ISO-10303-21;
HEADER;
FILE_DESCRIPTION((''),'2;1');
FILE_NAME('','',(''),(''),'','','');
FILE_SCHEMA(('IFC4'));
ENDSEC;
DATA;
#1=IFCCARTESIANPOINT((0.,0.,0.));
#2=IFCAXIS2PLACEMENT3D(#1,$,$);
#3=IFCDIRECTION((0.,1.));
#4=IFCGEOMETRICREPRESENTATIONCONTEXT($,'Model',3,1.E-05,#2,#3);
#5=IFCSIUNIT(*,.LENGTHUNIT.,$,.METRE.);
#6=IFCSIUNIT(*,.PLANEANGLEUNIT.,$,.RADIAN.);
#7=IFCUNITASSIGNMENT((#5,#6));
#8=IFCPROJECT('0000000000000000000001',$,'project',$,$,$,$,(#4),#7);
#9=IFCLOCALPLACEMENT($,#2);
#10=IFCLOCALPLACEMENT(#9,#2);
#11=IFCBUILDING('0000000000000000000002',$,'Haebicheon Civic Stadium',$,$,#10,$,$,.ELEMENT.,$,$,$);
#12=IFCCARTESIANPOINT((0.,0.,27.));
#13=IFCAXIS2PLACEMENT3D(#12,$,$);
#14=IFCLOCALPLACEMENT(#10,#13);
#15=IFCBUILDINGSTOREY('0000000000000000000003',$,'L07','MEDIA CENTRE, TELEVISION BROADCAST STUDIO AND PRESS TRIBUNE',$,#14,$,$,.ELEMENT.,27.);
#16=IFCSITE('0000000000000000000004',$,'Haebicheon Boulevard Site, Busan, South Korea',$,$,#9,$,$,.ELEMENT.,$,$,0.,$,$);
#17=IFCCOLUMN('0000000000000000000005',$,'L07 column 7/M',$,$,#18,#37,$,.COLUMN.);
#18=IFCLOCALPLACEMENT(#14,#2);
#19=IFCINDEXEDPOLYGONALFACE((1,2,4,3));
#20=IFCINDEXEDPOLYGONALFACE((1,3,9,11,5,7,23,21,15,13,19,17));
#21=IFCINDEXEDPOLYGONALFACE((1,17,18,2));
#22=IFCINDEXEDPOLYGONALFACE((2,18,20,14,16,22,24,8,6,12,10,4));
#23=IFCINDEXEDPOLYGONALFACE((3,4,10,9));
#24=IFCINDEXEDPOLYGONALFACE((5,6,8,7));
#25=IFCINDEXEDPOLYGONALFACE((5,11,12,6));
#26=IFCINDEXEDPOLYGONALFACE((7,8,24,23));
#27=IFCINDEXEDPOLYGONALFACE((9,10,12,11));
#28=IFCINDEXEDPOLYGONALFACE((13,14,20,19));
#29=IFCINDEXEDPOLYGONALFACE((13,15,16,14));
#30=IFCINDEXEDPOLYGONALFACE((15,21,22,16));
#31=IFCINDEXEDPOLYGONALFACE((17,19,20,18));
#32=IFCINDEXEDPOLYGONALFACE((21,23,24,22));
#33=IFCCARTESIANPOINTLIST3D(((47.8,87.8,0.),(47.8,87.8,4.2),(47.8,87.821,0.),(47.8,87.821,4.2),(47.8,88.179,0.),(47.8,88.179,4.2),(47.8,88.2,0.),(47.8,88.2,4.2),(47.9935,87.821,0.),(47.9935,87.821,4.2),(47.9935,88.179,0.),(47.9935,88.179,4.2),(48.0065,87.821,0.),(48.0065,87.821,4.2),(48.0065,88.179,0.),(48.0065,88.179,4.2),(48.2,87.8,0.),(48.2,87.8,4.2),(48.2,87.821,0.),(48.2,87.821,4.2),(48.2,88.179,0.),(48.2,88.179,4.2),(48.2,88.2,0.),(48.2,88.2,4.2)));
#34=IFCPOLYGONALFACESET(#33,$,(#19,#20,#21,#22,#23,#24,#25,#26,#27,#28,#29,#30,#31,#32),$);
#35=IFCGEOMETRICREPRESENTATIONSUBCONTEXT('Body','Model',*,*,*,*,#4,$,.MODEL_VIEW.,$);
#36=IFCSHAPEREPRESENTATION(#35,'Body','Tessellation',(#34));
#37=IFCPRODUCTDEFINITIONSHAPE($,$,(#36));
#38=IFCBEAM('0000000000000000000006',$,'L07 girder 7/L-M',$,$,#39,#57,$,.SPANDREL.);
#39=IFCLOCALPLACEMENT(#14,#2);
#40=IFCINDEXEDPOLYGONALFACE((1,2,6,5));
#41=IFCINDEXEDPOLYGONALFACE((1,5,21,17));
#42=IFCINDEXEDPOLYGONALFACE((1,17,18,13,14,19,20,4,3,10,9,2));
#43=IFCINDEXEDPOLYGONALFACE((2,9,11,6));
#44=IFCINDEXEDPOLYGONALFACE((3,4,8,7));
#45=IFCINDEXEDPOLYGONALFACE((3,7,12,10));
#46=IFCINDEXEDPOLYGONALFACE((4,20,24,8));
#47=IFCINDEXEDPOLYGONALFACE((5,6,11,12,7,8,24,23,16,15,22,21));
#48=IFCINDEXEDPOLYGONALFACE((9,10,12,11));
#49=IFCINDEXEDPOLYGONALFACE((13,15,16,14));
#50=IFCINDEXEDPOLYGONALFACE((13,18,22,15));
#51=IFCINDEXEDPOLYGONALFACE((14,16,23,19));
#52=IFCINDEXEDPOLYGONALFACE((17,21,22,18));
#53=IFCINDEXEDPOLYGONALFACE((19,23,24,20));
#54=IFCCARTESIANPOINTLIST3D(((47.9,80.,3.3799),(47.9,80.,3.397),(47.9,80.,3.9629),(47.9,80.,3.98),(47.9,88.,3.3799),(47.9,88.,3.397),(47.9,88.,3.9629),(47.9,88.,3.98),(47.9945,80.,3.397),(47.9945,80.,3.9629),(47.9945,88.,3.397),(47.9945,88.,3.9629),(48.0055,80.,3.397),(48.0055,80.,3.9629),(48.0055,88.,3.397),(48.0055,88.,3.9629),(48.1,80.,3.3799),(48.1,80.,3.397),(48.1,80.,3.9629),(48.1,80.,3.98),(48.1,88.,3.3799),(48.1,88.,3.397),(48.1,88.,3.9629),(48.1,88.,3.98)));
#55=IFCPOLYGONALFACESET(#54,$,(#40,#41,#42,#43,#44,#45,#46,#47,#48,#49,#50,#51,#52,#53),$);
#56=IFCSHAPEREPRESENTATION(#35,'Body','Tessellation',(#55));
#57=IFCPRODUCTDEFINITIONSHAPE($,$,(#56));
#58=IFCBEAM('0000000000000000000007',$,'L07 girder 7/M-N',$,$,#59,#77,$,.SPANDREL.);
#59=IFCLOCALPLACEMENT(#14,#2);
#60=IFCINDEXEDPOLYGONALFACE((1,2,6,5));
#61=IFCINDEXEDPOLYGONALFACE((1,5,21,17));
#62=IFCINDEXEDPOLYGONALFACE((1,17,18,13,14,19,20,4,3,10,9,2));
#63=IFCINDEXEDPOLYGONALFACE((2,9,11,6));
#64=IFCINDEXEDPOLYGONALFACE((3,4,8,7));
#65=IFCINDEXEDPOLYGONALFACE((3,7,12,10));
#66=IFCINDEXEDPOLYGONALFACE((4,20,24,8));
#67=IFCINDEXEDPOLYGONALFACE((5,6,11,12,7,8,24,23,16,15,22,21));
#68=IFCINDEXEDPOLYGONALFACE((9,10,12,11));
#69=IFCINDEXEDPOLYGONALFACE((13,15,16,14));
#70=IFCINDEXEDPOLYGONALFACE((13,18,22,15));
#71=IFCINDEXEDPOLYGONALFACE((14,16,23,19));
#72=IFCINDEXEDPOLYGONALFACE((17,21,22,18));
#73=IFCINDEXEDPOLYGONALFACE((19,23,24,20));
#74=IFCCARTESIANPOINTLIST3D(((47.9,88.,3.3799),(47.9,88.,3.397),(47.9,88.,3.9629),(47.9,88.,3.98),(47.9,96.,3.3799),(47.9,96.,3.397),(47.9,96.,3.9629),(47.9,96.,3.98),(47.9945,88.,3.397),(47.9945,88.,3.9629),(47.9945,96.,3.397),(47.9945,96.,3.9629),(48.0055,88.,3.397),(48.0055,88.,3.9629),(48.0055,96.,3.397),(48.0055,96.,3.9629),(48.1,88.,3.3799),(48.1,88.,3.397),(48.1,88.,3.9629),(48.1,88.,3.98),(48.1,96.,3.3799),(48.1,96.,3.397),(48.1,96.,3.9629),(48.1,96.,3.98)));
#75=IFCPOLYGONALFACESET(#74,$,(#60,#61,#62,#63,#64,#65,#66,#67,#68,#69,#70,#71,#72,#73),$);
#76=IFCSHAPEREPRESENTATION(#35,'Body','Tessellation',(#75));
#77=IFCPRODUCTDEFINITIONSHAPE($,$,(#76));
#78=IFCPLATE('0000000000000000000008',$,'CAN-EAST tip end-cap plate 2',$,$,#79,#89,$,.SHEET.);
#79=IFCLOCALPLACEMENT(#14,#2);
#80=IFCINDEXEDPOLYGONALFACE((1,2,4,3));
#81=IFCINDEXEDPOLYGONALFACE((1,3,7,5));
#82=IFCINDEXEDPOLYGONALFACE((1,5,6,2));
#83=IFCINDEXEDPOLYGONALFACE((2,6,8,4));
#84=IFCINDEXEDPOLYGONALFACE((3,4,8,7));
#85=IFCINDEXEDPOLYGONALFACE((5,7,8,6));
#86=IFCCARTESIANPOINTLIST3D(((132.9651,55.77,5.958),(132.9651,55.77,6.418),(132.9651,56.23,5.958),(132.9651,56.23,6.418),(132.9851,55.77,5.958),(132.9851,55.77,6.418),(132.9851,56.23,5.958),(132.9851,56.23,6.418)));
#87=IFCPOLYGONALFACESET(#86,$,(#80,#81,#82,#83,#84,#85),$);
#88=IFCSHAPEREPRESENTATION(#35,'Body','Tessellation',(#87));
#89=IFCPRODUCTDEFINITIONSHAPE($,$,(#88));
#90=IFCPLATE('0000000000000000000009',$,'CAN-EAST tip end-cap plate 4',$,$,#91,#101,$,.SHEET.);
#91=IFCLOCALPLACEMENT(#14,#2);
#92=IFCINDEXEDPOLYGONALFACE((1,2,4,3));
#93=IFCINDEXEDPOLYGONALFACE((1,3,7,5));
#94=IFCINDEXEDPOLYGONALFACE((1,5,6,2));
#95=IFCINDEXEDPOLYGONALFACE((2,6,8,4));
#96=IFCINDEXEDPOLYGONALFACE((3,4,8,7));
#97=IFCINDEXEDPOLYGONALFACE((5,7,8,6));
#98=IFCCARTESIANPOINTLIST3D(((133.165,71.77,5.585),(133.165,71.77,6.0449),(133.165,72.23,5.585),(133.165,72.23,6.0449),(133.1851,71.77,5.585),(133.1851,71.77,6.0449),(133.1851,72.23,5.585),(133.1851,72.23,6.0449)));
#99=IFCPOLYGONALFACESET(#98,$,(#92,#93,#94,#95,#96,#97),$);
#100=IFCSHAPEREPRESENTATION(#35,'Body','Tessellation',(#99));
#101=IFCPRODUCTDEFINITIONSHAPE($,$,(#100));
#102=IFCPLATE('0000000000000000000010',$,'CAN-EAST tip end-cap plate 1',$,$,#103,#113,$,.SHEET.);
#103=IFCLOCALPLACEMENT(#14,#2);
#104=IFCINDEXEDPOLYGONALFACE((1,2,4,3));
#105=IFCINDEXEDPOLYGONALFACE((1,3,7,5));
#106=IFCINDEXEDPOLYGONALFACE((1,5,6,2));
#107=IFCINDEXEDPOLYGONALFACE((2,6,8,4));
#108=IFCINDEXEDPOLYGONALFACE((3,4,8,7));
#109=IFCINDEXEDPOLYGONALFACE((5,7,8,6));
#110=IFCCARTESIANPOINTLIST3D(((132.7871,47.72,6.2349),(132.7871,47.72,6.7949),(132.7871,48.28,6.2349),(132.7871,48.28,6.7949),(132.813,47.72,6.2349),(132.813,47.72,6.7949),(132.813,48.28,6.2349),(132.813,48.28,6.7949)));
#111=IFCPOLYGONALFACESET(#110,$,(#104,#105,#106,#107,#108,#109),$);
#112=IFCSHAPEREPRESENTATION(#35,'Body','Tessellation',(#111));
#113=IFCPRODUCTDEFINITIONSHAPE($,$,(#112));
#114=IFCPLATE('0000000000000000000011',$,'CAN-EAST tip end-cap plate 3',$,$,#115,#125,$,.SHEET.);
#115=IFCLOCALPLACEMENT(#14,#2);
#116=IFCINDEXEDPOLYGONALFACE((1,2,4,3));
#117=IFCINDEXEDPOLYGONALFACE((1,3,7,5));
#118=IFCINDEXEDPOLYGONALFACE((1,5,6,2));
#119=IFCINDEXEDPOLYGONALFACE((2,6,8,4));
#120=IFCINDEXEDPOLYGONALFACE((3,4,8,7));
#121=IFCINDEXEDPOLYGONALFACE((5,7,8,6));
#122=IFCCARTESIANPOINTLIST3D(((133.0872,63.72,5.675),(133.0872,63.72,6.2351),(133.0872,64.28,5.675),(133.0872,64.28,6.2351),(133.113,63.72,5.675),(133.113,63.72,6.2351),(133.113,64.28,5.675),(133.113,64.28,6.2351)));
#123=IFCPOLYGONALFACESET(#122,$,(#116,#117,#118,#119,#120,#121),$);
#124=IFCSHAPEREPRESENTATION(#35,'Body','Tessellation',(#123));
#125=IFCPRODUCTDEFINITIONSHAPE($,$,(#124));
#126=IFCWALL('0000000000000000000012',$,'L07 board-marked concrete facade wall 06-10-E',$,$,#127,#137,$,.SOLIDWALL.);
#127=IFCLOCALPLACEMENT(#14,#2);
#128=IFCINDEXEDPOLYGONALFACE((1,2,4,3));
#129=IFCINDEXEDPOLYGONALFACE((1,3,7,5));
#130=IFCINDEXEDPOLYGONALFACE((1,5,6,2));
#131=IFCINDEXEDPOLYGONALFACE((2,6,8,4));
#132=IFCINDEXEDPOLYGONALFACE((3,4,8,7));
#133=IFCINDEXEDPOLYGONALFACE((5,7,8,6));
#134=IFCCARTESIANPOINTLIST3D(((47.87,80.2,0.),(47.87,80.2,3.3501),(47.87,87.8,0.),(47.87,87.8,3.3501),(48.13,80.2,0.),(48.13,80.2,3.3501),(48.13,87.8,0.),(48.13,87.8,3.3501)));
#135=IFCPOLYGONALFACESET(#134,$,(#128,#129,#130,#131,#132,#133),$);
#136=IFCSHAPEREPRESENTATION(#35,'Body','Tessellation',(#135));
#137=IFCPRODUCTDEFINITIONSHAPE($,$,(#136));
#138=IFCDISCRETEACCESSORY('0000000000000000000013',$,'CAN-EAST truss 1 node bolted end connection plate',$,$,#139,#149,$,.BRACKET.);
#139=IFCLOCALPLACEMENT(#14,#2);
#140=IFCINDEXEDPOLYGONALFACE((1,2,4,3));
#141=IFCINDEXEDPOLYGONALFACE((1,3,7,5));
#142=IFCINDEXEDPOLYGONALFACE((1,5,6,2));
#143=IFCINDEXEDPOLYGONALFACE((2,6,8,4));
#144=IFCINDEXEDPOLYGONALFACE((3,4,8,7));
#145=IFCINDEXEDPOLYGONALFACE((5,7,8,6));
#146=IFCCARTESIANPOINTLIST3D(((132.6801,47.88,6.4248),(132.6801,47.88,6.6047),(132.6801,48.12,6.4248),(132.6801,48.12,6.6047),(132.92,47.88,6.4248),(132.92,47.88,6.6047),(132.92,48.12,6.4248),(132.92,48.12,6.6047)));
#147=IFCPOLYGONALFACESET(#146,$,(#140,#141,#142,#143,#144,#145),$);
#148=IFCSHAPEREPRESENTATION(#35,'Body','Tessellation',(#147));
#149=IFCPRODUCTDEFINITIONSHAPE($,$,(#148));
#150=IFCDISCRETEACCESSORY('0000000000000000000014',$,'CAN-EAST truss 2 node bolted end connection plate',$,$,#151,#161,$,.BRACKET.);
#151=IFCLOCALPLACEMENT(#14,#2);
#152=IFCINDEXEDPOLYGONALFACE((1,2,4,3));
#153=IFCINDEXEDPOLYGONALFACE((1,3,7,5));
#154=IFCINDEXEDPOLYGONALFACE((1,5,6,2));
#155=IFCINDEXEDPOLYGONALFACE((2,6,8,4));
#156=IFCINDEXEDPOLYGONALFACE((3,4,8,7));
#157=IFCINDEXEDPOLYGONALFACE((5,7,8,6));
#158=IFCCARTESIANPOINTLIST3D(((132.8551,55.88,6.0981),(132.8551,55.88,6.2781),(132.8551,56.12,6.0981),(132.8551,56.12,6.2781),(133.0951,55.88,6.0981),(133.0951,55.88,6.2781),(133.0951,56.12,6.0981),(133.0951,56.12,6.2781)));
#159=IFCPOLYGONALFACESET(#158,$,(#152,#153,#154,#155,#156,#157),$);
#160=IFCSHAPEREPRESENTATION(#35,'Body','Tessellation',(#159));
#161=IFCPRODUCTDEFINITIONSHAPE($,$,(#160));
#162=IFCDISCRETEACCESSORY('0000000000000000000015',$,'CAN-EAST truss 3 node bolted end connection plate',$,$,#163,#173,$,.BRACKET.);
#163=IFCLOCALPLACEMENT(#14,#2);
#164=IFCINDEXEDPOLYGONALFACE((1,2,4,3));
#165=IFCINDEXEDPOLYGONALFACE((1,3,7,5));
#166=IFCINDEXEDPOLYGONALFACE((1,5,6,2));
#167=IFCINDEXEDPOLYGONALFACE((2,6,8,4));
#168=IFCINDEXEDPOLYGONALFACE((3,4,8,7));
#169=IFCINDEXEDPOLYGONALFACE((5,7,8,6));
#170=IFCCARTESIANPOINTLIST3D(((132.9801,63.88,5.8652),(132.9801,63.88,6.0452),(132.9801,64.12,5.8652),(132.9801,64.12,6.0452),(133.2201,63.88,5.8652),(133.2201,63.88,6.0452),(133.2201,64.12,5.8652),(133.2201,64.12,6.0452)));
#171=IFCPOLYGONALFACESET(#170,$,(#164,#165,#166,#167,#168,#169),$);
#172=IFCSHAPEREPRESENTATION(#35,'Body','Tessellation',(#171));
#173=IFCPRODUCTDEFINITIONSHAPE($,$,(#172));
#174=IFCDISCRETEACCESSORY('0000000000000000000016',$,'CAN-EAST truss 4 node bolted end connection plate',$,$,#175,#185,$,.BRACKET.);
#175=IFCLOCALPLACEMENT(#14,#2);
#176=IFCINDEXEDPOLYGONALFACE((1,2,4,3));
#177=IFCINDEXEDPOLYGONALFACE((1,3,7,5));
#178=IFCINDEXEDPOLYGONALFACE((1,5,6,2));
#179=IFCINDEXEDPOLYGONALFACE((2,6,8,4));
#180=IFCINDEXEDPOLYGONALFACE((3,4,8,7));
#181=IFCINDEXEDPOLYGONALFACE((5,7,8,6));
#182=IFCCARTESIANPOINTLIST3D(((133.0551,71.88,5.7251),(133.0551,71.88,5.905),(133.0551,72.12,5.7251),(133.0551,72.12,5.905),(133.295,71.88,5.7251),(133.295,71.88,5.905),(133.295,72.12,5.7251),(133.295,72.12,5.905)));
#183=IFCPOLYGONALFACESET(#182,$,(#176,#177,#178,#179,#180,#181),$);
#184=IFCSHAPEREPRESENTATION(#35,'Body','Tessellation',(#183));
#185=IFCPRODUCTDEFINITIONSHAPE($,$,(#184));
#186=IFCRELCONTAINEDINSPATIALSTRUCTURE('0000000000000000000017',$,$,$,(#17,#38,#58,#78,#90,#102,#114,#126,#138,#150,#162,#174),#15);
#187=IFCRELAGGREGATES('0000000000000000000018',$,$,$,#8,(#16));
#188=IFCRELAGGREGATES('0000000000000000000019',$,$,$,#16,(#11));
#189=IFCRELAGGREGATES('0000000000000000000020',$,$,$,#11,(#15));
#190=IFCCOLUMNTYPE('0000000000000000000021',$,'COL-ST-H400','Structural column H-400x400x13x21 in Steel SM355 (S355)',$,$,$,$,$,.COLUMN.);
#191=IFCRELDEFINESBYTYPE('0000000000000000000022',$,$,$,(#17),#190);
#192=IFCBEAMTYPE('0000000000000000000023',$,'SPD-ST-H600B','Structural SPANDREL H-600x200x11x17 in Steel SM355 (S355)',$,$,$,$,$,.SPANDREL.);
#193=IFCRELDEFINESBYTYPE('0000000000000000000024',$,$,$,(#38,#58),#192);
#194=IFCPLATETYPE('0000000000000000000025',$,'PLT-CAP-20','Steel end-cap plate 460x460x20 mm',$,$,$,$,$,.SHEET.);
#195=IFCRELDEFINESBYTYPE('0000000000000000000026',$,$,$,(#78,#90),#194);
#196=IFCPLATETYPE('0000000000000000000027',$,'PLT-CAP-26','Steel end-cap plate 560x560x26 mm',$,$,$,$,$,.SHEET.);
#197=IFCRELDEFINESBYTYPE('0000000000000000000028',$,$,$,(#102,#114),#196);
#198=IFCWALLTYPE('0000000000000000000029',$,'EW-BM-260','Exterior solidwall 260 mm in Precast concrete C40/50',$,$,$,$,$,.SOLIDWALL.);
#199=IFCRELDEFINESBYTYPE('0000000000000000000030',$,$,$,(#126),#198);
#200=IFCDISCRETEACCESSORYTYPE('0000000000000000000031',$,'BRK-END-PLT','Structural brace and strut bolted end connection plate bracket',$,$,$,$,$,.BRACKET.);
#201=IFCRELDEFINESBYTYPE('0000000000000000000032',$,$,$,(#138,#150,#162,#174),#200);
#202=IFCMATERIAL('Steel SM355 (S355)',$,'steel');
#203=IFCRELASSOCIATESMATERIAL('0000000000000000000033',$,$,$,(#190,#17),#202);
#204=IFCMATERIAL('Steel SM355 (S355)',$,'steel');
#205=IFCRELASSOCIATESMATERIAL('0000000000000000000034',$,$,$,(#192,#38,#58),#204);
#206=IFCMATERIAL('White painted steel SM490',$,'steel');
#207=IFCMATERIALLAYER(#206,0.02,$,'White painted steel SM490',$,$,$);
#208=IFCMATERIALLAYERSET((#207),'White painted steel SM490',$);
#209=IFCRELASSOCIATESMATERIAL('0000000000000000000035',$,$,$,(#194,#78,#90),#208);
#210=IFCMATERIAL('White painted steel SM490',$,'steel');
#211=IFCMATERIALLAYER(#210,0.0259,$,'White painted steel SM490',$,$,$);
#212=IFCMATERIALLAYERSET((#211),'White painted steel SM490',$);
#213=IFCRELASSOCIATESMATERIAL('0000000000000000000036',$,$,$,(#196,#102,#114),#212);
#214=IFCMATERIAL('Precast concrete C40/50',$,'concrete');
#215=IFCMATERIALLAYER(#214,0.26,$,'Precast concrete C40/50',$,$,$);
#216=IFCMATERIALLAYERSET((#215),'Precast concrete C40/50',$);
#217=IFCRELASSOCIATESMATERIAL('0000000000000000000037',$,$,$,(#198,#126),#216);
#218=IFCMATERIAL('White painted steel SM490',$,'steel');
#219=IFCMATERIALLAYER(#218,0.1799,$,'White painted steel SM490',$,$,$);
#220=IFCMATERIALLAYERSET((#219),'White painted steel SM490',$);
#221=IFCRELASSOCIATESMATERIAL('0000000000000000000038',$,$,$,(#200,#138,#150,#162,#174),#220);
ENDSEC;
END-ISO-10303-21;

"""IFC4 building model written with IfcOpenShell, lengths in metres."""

from ifc_helpers import new_model, si_unit, direction, frame, frame_2d, origin, origin_2d, place, context, subcontext, project, spatial, rectangle, i_section, extrude, material, layer, layer_set, material_profile, profile_set, type_object, element, save


model = new_model("IFC4")

# Units and contexts
model_context = context("Model", 3, precision=1e-05, world=origin(), true_north=direction((0.0, 1.0)))
body_context = subcontext(model_context, "Body", "Model", "MODEL_VIEW")
ifc_project = project(units=[si_unit("LENGTHUNIT", "METRE"), si_unit("PLANEANGLEUNIT", "RADIAN")], contexts=[model_context])

# Site, building, storey
site_placement = place(None, origin())
site = spatial("IfcSite", under=ifc_project, at=site_placement, Name="Haebicheon Boulevard Site, Busan, South Korea", CompositionType="ELEMENT", RefElevation=0.0)
building_placement = place(site_placement, origin())
building = spatial("IfcBuilding", under=site, at=building_placement, Name="Haebicheon Civic Stadium", CompositionType="ELEMENT")
storey_placement = place(building_placement, frame((0.0, 0.0, 27.0)))
storey = spatial("IfcBuildingStorey", under=building, at=storey_placement, Name="L07", Description="MEDIA CENTRE, TELEVISION BROADCAST STUDIO AND PRESS TRIBUNE", CompositionType="ELEMENT", Elevation=27.0)

# Column
ifc_material_1 = material(Name="Steel SM355 (S355)", Category="steel")
ifc_material_profile_1 = material_profile(ifc_material_1, i_section(OverallWidth=0.3999, OverallDepth=0.3999, WebThickness=0.0129, FlangeThickness=0.021, at=origin_2d()), Name="H-400x400x13x21")
ifc_profile_set_1 = profile_set([ifc_material_profile_1], Name="Steel SM355 (S355)")
column_type_1 = type_object("IfcColumnType", Name="COL-ST-H400", Description="Structural column H-400x400x13x21 in Steel SM355 (S355)", PredefinedType="COLUMN", material=ifc_profile_set_1)
column_placement = place(storey_placement, frame((48.0, 88.0, 0.0), z_axis=(0.0, 0.0, 1.0), x_axis=(1.0, 0.0, 0.0)))
element("IfcColumn", 1, at=column_placement, inside=storey, type_object=column_type_1, material=ifc_profile_set_1, Name="L07 column 7/M", PredefinedType="COLUMN", context=body_context, shape_type="SweptSolid", body=[
    extrude(i_section(OverallWidth=0.3999, OverallDepth=0.3999, WebThickness=0.0129, FlangeThickness=0.021, at=origin_2d()), origin(), (0.0, 0.0, 1.0), 4.2),
])

# Beams
ifc_material_2 = material(Name="Steel SM355 (S355)", Category="steel")
ifc_material_profile_2 = material_profile(ifc_material_2, i_section(OverallWidth=0.2, OverallDepth=0.6001, WebThickness=0.011, FlangeThickness=0.0171, at=origin_2d()), Name="H-600x200x11x17")
ifc_profile_set_2 = profile_set([ifc_material_profile_2], Name="Steel SM355 (S355)")
beam_type = type_object("IfcBeamType", Name="SPD-ST-H600B", Description="Structural SPANDREL H-600x200x11x17 in Steel SM355 (S355)", PredefinedType="SPANDREL", material=ifc_profile_set_2)
for number, where, z_axis, x_axis, name in (
    (2, (48.0, 80.0, 3.6799), (0.0, 1.0, 0.0), (-1.0, 0.0, 0.0), "L07 girder 7/L-M"),
    (3, (48.0, 88.0, 3.6799), (0.0, 1.0, 0.0), (-1.0, 0.0, 0.0), "L07 girder 7/M-N"),
):
    element("IfcBeam", number, at=place(storey_placement, frame(where, z_axis=z_axis, x_axis=x_axis)), inside=storey, type_object=beam_type, material=ifc_profile_set_2, Name=name, PredefinedType="SPANDREL", context=body_context, shape_type="SweptSolid", body=[
        extrude(i_section(OverallWidth=0.2, OverallDepth=0.6001, WebThickness=0.011, FlangeThickness=0.0171, at=origin_2d()), origin(), (0.0, 0.0, 1.0), 8.0),
    ])

# Plates
ifc_material_3 = material(Name="White painted steel SM490", Category="steel")
ifc_layer_1 = layer(ifc_material_3, 0.02, Name="White painted steel SM490")
ifc_layer_set_1 = layer_set([ifc_layer_1], Name="White painted steel SM490")
plate_type_1 = type_object("IfcPlateType", Name="PLT-CAP-20", Description="Steel end-cap plate 460x460x20 mm", PredefinedType="SHEET", material=ifc_layer_set_1)
for number, where, z_axis, x_axis, name in (
    (4, (132.9751, 56.0, 5.958), (0.0, 0.0, 1.0), (0.0, 1.0, 0.0), "CAN-EAST tip end-cap plate 2"),
    (5, (133.175, 72.0, 5.585), (0.0, 0.0, 1.0), (0.0, 1.0, 0.0), "CAN-EAST tip end-cap plate 4"),
):
    element("IfcPlate", number, at=place(storey_placement, frame(where, z_axis=z_axis, x_axis=x_axis)), inside=storey, type_object=plate_type_1, material=ifc_layer_set_1, Name=name, PredefinedType="SHEET", context=body_context, shape_type="SweptSolid", body=[
        extrude(rectangle(XDim=0.46, YDim=0.02, at=origin_2d()), origin(), (0.0, 0.0, 1.0), 0.46),
    ])
ifc_material_4 = material(Name="White painted steel SM490", Category="steel")
ifc_layer_2 = layer(ifc_material_4, 0.0259, Name="White painted steel SM490")
ifc_layer_set_2 = layer_set([ifc_layer_2], Name="White painted steel SM490")
plate_type_2 = type_object("IfcPlateType", Name="PLT-CAP-26", Description="Steel end-cap plate 560x560x26 mm", PredefinedType="SHEET", material=ifc_layer_set_2)
for number, where, z_axis, x_axis, name in (
    (6, (132.8, 48.0, 6.2349), (0.0, 0.0, 1.0), (0.0, 1.0, 0.0), "CAN-EAST tip end-cap plate 1"),
    (7, (133.1001, 64.0, 5.675), (0.0, 0.0, 1.0), (0.0, 1.0, 0.0), "CAN-EAST tip end-cap plate 3"),
):
    element("IfcPlate", number, at=place(storey_placement, frame(where, z_axis=z_axis, x_axis=x_axis)), inside=storey, type_object=plate_type_2, material=ifc_layer_set_2, Name=name, PredefinedType="SHEET", context=body_context, shape_type="SweptSolid", body=[
        extrude(rectangle(XDim=0.5601, YDim=0.0259, at=origin_2d()), origin(), (0.0, 0.0, 1.0), 0.5601),
    ])

# Wall
ifc_material_5 = material(Name="Precast concrete C40/50", Category="concrete")
ifc_layer_3 = layer(ifc_material_5, 0.26, Name="Precast concrete C40/50")
ifc_layer_set_3 = layer_set([ifc_layer_3], Name="Precast concrete C40/50")
wall_type = type_object("IfcWallType", Name="EW-BM-260", Description="Exterior solidwall 260 mm in Precast concrete C40/50", PredefinedType="SOLIDWALL", material=ifc_layer_set_3)
wall_placement = place(storey_placement, frame((48.0, 80.2, 0.0), z_axis=(0.0, 0.0, 1.0), x_axis=(0.0, 1.0, 0.0)))
element("IfcWall", 8, at=wall_placement, inside=storey, type_object=wall_type, material=ifc_layer_set_3, Name="L07 board-marked concrete facade wall 06-10-E", PredefinedType="SOLIDWALL", context=body_context, shape_type="SweptSolid", body=[
    extrude(rectangle(XDim=7.6001, YDim=0.26, at=frame_2d((3.8, 0.0))), origin(), (0.0, 0.0, 1.0), 3.3501),
])

# Discrete accessories
ifc_material_6 = material(Name="White painted steel SM490", Category="steel")
ifc_layer_4 = layer(ifc_material_6, 0.1799, Name="White painted steel SM490")
ifc_layer_set_4 = layer_set([ifc_layer_4], Name="White painted steel SM490")
discrete_accessory_type = type_object("IfcDiscreteAccessoryType", Name="BRK-END-PLT", Description="Structural brace and strut bolted end connection plate bracket", PredefinedType="BRACKET", material=ifc_layer_set_4)
for number, where, z_axis, x_axis, name in (
    (9, (132.8, 48.0, 6.4248), (0.0, 0.0, 1.0), (1.0, 0.0, 0.0), "CAN-EAST truss 1 node bolted end connection plate"),
    (10, (132.9751, 56.0, 6.0981), (0.0, 0.0, 1.0), (1.0, 0.0, 0.0), "CAN-EAST truss 2 node bolted end connection plate"),
    (11, (133.1001, 64.0, 5.8652), (0.0, 0.0, 1.0), (1.0, 0.0, 0.0), "CAN-EAST truss 3 node bolted end connection plate"),
    (12, (133.175, 72.0, 5.7251), (0.0, 0.0, 1.0), (1.0, 0.0, 0.0), "CAN-EAST truss 4 node bolted end connection plate"),
):
    element("IfcDiscreteAccessory", number, at=place(storey_placement, frame(where, z_axis=z_axis, x_axis=x_axis)), inside=storey, type_object=discrete_accessory_type, material=ifc_layer_set_4, Name=name, PredefinedType="BRACKET", context=body_context, shape_type="SweptSolid", body=[
        extrude(rectangle(XDim=0.24, YDim=0.24, at=origin_2d()), origin(), (0.0, 0.0, 1.0), 0.1799),
    ])

save(model, "model.ifc")
